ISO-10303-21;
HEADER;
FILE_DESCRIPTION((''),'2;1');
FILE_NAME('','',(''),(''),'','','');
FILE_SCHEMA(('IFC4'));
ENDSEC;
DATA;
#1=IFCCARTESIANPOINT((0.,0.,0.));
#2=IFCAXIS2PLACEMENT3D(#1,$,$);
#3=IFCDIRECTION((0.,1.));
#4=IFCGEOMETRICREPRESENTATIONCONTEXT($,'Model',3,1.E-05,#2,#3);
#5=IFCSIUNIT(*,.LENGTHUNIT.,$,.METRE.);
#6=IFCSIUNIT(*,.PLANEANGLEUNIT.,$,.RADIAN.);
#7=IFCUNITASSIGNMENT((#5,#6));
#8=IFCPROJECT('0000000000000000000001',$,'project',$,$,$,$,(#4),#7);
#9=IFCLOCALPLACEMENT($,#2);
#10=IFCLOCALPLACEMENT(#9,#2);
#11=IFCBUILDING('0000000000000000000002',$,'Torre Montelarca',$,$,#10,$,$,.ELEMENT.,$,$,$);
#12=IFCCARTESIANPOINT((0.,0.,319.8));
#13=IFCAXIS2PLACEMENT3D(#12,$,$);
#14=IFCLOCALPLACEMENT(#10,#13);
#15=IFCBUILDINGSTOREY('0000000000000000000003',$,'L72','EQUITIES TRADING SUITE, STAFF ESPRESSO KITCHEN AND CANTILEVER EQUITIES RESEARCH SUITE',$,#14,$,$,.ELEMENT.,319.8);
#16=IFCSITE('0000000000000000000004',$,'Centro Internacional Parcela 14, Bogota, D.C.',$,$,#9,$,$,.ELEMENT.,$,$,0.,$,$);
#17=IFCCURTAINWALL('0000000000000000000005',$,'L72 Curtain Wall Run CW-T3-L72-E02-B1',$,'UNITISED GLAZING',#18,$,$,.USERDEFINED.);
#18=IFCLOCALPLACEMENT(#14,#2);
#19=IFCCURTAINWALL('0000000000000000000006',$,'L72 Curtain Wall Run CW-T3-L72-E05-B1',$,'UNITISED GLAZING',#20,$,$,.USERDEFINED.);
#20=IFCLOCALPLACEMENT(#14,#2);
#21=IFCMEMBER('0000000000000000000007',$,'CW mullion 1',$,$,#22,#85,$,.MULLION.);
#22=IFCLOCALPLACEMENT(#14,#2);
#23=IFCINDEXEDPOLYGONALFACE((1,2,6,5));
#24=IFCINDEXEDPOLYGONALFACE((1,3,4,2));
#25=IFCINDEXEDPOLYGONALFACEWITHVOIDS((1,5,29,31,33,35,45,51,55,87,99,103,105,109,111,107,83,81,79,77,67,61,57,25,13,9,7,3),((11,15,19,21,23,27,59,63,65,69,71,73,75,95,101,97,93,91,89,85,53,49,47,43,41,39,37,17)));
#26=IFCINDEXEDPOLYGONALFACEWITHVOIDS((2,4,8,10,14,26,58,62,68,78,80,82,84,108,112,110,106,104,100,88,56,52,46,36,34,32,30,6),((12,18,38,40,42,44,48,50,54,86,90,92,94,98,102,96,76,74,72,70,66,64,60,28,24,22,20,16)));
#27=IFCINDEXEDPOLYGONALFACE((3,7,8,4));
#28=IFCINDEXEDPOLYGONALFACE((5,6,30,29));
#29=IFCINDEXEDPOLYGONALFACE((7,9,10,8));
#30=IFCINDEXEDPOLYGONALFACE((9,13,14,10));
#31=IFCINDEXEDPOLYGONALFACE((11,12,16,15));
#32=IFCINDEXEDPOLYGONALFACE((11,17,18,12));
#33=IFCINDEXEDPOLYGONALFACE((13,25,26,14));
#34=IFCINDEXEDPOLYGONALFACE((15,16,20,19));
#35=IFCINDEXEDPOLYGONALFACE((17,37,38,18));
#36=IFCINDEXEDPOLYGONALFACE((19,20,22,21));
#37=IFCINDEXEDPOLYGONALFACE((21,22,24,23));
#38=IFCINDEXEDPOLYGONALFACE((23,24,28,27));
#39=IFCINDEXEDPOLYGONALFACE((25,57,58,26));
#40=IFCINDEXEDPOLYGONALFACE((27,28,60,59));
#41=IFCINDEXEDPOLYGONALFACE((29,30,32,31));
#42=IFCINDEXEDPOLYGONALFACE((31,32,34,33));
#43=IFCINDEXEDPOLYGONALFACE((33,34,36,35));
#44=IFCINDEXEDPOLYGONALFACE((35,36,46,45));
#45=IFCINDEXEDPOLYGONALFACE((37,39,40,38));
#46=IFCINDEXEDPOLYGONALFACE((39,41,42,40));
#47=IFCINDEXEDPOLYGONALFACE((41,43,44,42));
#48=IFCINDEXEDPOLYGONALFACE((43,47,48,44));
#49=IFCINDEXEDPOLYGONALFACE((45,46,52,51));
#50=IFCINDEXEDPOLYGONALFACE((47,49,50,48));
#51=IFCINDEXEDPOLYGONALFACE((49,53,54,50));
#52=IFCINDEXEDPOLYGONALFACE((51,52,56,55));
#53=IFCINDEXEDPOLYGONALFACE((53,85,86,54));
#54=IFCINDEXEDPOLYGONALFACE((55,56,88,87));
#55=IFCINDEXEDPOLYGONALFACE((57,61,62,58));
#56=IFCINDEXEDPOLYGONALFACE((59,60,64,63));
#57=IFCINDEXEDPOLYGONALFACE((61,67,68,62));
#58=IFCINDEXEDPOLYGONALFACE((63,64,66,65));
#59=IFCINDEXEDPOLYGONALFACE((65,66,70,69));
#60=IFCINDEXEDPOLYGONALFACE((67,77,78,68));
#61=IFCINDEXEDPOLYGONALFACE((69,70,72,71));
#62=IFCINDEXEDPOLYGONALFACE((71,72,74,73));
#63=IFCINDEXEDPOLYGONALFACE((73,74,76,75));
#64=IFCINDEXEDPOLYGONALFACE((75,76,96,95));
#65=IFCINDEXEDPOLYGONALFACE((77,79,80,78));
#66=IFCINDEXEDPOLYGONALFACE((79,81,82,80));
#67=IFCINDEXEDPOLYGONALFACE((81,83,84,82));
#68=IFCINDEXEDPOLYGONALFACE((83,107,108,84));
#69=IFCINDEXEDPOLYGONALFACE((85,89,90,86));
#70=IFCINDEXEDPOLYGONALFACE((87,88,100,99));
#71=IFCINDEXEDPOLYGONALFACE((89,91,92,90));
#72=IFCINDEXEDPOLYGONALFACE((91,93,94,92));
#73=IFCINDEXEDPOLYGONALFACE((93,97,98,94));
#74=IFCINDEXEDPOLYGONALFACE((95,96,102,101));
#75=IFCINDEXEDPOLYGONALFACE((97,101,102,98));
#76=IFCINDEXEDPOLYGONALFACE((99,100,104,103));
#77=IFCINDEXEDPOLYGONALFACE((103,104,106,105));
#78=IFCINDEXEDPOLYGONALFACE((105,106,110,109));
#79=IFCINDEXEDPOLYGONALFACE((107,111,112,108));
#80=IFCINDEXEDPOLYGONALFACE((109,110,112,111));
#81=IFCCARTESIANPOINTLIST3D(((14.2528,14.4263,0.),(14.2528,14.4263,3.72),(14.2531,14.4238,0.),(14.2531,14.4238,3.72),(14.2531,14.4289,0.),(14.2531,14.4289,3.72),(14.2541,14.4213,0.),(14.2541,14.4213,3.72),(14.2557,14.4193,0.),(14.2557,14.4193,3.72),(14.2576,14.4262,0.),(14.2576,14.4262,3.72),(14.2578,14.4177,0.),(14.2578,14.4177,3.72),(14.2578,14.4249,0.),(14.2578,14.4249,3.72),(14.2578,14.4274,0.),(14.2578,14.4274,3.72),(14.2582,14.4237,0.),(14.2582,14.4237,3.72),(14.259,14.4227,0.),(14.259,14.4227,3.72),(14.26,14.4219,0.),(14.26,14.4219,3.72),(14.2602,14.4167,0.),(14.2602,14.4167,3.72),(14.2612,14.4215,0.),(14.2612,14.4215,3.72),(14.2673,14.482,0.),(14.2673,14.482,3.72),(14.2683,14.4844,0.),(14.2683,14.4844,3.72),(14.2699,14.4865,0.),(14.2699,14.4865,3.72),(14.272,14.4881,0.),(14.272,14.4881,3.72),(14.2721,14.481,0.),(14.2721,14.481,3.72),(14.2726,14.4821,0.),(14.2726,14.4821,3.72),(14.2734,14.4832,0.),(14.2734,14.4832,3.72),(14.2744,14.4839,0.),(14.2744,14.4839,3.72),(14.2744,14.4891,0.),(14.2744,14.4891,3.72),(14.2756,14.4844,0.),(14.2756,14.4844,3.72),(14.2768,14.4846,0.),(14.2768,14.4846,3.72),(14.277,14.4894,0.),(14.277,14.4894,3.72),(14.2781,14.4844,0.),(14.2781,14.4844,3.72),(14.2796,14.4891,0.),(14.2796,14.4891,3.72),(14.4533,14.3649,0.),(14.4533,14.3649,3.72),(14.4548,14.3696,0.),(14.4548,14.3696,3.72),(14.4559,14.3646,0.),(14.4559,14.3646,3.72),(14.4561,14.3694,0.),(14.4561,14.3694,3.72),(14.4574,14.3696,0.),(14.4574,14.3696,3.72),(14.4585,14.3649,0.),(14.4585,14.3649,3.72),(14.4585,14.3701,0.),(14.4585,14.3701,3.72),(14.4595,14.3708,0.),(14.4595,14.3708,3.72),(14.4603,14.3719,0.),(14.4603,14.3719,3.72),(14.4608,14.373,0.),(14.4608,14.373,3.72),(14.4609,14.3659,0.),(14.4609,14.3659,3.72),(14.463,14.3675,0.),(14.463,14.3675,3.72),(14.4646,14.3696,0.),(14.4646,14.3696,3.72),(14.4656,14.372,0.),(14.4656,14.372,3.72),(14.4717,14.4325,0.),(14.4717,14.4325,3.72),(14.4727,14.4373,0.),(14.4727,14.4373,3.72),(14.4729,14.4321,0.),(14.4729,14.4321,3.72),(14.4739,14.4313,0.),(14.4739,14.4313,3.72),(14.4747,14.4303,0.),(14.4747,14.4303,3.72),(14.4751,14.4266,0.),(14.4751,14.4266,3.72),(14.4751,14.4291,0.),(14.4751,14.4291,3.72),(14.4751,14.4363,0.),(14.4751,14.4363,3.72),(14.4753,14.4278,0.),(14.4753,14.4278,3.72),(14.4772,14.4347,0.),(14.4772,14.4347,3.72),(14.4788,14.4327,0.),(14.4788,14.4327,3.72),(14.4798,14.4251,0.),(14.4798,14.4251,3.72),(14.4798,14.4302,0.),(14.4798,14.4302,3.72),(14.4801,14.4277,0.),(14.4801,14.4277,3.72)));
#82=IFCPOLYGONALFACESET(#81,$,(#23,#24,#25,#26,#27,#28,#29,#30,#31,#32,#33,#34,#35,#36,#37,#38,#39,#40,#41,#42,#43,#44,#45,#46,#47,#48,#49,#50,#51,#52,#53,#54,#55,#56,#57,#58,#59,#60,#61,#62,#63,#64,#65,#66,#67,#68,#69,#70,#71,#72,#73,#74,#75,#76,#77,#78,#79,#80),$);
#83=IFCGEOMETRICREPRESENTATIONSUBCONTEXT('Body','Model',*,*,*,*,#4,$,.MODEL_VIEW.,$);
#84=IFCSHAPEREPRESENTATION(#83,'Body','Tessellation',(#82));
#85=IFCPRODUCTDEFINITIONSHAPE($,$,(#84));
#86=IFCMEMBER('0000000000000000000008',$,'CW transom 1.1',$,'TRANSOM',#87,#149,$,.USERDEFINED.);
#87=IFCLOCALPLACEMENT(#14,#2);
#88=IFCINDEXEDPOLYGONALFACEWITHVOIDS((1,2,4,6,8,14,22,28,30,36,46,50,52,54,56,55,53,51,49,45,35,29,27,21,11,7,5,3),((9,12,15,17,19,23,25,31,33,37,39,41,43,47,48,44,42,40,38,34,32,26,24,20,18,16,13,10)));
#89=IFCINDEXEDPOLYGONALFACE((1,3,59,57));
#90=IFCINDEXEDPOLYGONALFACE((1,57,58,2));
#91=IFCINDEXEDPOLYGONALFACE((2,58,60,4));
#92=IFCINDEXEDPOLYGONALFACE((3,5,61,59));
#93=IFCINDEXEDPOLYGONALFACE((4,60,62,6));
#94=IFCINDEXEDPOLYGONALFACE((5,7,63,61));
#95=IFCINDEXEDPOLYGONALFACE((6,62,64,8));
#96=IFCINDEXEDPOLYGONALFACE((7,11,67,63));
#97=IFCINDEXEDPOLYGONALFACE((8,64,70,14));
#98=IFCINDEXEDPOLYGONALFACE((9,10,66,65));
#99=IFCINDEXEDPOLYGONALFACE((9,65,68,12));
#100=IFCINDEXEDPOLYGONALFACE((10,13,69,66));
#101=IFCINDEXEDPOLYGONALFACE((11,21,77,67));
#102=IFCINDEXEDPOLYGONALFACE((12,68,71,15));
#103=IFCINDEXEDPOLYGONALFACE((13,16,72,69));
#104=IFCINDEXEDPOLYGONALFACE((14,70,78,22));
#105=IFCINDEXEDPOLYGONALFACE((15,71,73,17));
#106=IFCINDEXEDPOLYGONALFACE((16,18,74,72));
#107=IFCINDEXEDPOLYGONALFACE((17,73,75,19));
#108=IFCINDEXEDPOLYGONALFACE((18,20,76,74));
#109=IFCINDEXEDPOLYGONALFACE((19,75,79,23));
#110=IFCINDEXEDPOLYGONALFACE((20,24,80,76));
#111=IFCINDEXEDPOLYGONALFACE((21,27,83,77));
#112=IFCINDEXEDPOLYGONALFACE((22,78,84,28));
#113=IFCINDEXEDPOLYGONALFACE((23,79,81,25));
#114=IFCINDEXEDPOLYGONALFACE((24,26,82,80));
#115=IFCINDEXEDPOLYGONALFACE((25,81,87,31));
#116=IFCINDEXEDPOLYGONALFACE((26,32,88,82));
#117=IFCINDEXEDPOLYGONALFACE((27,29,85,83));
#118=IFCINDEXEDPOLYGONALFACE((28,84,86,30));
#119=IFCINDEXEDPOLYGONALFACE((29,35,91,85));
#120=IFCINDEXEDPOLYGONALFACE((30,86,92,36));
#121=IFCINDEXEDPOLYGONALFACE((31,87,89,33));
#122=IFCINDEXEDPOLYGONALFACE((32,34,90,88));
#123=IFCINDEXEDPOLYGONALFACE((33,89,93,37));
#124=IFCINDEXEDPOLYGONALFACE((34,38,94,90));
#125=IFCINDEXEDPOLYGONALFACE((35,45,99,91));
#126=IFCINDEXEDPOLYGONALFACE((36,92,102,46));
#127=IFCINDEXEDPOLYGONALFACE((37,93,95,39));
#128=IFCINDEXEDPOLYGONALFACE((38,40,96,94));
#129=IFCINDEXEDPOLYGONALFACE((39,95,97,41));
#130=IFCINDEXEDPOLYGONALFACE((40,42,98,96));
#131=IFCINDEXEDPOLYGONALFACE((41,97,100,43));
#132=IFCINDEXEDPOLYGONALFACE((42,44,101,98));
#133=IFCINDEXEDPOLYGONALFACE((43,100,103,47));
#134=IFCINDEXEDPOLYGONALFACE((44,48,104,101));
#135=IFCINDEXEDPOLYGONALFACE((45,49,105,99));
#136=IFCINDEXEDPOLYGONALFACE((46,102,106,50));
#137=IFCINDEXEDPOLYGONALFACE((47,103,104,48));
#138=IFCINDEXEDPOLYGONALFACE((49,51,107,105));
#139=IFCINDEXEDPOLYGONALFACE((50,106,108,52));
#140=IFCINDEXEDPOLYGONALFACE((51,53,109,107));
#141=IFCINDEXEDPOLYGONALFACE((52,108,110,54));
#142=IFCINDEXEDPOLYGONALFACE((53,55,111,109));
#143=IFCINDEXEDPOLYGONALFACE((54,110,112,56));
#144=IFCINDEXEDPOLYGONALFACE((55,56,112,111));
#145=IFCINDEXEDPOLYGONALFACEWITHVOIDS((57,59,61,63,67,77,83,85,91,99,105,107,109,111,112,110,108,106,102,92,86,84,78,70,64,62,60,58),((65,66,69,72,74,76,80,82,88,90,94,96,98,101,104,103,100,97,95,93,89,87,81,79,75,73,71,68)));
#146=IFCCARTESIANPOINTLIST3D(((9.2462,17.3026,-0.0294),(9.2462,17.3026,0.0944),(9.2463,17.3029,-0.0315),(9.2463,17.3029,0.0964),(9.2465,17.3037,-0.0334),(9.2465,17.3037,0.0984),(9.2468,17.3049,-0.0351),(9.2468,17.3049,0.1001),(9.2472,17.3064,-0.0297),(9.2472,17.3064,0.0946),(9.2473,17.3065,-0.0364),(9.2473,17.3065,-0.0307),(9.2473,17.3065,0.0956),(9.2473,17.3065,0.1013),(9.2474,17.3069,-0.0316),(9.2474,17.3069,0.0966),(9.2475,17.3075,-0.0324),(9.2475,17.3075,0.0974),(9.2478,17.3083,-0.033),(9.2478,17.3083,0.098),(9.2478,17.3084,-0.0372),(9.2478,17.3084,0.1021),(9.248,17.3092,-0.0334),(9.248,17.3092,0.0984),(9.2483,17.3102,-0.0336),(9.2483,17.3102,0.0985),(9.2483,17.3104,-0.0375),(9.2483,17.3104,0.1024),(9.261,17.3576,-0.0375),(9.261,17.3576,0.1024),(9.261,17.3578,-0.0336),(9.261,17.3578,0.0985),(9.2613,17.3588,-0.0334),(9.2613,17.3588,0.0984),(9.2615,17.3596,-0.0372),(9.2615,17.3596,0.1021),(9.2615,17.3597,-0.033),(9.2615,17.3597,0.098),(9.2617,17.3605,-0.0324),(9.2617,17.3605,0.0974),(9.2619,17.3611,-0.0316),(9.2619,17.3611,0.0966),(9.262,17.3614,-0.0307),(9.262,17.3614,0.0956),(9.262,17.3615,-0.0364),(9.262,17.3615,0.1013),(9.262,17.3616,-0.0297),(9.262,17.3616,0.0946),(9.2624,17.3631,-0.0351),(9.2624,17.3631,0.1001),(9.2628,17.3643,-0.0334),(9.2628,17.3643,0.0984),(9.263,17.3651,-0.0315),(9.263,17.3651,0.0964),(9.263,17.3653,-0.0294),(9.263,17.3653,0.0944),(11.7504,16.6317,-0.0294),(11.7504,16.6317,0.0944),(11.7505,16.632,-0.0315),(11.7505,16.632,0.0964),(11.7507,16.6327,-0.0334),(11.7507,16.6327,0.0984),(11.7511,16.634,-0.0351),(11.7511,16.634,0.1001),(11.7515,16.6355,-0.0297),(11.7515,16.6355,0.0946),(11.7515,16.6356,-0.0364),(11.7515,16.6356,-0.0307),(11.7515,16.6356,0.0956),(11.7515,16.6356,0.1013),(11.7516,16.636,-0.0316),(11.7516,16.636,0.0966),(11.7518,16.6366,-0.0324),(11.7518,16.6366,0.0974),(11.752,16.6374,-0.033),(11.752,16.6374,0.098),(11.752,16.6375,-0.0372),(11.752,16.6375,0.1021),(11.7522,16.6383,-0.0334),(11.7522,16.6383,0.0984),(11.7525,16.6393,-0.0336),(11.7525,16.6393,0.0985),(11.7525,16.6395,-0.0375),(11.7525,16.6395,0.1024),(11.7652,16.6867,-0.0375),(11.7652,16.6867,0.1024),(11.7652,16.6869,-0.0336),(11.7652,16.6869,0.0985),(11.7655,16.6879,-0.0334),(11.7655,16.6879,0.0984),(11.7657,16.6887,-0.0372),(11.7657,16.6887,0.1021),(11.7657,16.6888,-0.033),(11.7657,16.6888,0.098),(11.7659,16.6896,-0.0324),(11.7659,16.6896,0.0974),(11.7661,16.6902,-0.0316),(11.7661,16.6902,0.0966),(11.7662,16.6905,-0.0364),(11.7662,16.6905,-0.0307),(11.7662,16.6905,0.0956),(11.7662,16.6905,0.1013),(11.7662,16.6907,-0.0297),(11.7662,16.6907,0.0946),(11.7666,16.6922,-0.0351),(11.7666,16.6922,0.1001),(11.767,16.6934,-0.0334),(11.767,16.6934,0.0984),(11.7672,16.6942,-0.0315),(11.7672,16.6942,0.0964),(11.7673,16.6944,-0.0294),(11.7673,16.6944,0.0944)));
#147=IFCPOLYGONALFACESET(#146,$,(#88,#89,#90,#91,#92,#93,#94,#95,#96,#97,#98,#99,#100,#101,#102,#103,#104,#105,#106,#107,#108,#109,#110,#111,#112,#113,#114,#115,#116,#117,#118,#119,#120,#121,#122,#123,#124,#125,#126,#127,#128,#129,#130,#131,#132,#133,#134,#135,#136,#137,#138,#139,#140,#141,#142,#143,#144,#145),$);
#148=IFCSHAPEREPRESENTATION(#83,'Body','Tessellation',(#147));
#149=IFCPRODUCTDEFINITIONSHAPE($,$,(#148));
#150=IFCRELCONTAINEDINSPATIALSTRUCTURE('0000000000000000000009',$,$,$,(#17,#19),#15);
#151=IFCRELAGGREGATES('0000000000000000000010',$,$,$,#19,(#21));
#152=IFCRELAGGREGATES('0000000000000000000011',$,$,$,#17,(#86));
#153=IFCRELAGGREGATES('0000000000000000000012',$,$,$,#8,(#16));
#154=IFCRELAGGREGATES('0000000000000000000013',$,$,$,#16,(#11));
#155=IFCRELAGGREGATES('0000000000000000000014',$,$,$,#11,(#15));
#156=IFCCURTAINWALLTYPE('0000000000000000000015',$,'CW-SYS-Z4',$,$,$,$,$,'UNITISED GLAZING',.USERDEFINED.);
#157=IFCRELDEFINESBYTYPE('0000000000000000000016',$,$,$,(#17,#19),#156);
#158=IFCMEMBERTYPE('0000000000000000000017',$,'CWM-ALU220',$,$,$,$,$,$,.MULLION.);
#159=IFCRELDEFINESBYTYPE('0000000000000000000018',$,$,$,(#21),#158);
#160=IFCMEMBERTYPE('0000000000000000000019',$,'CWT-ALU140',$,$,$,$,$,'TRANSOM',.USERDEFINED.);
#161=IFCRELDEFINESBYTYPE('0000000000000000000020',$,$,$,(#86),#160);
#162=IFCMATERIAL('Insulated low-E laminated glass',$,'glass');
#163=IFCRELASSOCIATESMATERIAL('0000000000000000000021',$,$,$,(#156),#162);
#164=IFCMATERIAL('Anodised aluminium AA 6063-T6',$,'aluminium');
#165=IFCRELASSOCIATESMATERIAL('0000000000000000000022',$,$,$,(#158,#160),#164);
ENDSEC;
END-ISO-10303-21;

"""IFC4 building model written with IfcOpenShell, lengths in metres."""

from ifc_helpers import new_model, si_unit, direction, frame, origin, origin_2d, place, context, subcontext, project, spatial, hollow_rectangle, extrude, source, transform, mapped, material, material_profile, profile_set, type_object, element, aggregate, save


model = new_model("IFC4")

# Units and contexts
model_context = context("Model", 3, precision=1e-05, world=origin(), true_north=direction((0.0, 1.0)))
body_context = subcontext(model_context, "Body", "Model", "MODEL_VIEW")
ifc_project = project(units=[si_unit("LENGTHUNIT", "METRE"), si_unit("PLANEANGLEUNIT", "RADIAN")], contexts=[model_context])

# Site, building, storey
site_placement = place(None, origin())
site = spatial("IfcSite", under=ifc_project, at=site_placement, Name="Centro Internacional Parcela 14, Bogota, D.C.", CompositionType="ELEMENT", RefElevation=0.0)
building_placement = place(site_placement, origin())
building = spatial("IfcBuilding", under=site, at=building_placement, Name="Torre Montelarca", CompositionType="ELEMENT")
storey_placement = place(building_placement, frame((0.0, 0.0, 319.8)))
storey = spatial("IfcBuildingStorey", under=building, at=storey_placement, Name="L72", Description="EQUITIES TRADING SUITE, STAFF ESPRESSO KITCHEN AND CANTILEVER EQUITIES RESEARCH SUITE", CompositionType="ELEMENT", Elevation=319.8)

# Shared definitions
ifc_material_1 = material(Name="Insulated low-E laminated glass", Category="glass")
curtain_wall_type = type_object("IfcCurtainWallType", Name="CW-SYS-Z4", ElementType="UNITISED GLAZING", PredefinedType="USERDEFINED", material=ifc_material_1)
ifc_material_2 = material(Name="Anodised aluminium AA 6063-T6", Category="aluminium")
ifc_material_profile_1 = material_profile(ifc_material_2, hollow_rectangle(XDim=0.075, YDim=0.22, WallThickness=0.0049, InnerFilletRadius=0.0049, OuterFilletRadius=0.01, at=origin_2d()), Name="ALU75X220X5", Category="aluminium")
ifc_profile_set_1 = profile_set([ifc_material_profile_1], Name="Anodised aluminium AA 6063-T6")
member_type_1 = type_object("IfcMemberType", Name="CWM-ALU220", PredefinedType="MULLION", material=ifc_profile_set_1)
shared_shape_1 = source(origin(), body_context, "Body", "SweptSolid", [
    extrude(hollow_rectangle(XDim=0.075, YDim=0.22, WallThickness=0.0049, InnerFilletRadius=0.0049, OuterFilletRadius=0.01, at=origin_2d()), origin(), (0.0, 0.0, 1.0), 3.72),
])

# Curtain wall
curtain_wall_1_placement = place(storey_placement, origin())
curtain_wall_1 = element("IfcCurtainWall", 1, at=curtain_wall_1_placement, inside=storey, type_object=curtain_wall_type, Name="L72 Curtain Wall Run CW-T3-L72-E02-B1", ObjectType="UNITISED GLAZING", PredefinedType="USERDEFINED")

# Curtain wall, member
curtain_wall_2_placement = place(storey_placement, origin())
curtain_wall_2 = element("IfcCurtainWall", 2, at=curtain_wall_2_placement, inside=storey, type_object=curtain_wall_type, Name="L72 Curtain Wall Run CW-T3-L72-E05-B1", ObjectType="UNITISED GLAZING", PredefinedType="USERDEFINED")
member_1_placement = place(storey_placement, frame((14.3665, 14.427, 0.0), z_axis=(0.0, 0.0, 1.0), x_axis=(0.258815, 0.965927, 0.0)))
member_1 = element("IfcMember", 3, at=member_1_placement, type_object=member_type_1, Name="CW mullion 1", PredefinedType="MULLION", context=body_context, shape_type="MappedRepresentation", body=[
    mapped(shared_shape_1, transform((0.0, 0.0, 0.0), scale=1.0)),
])

# Member
ifc_material_profile_2 = material_profile(ifc_material_2, hollow_rectangle(XDim=0.0649, YDim=0.1399, WallThickness=0.0039, InnerFilletRadius=0.0039, OuterFilletRadius=0.0081, at=origin_2d()), Name="ALU65X140X4", Category="aluminium")
ifc_profile_set_2 = profile_set([ifc_material_profile_2], Name="Anodised aluminium AA 6063-T6")
member_type_2 = type_object("IfcMemberType", Name="CWT-ALU140", ElementType="TRANSOM", PredefinedType="USERDEFINED", material=ifc_profile_set_2)
shared_shape_2 = source(origin(), body_context, "Body", "SweptSolid", [
    extrude(hollow_rectangle(XDim=0.0649, YDim=0.1399, WallThickness=0.0039, InnerFilletRadius=0.0039, OuterFilletRadius=0.0081, at=origin_2d()), origin(), (0.0, 0.0, 1.0), 2.5925),
])
member_2_placement = place(storey_placement, frame((9.2546, 17.334, 0.0325), z_axis=(0.965934, -0.258788, 0.0), x_axis=(0.258788, 0.965934, 0.0)))
member_2 = element("IfcMember", 4, at=member_2_placement, type_object=member_type_2, Name="CW transom 1.1", ObjectType="TRANSOM", PredefinedType="USERDEFINED", context=body_context, shape_type="MappedRepresentation", body=[
    mapped(shared_shape_2, transform((0.0, 0.0, 0.0), scale=1.0)),
])
aggregate(curtain_wall_2, [member_1])

aggregate(curtain_wall_1, [member_2])

save(model, "model.ifc")
